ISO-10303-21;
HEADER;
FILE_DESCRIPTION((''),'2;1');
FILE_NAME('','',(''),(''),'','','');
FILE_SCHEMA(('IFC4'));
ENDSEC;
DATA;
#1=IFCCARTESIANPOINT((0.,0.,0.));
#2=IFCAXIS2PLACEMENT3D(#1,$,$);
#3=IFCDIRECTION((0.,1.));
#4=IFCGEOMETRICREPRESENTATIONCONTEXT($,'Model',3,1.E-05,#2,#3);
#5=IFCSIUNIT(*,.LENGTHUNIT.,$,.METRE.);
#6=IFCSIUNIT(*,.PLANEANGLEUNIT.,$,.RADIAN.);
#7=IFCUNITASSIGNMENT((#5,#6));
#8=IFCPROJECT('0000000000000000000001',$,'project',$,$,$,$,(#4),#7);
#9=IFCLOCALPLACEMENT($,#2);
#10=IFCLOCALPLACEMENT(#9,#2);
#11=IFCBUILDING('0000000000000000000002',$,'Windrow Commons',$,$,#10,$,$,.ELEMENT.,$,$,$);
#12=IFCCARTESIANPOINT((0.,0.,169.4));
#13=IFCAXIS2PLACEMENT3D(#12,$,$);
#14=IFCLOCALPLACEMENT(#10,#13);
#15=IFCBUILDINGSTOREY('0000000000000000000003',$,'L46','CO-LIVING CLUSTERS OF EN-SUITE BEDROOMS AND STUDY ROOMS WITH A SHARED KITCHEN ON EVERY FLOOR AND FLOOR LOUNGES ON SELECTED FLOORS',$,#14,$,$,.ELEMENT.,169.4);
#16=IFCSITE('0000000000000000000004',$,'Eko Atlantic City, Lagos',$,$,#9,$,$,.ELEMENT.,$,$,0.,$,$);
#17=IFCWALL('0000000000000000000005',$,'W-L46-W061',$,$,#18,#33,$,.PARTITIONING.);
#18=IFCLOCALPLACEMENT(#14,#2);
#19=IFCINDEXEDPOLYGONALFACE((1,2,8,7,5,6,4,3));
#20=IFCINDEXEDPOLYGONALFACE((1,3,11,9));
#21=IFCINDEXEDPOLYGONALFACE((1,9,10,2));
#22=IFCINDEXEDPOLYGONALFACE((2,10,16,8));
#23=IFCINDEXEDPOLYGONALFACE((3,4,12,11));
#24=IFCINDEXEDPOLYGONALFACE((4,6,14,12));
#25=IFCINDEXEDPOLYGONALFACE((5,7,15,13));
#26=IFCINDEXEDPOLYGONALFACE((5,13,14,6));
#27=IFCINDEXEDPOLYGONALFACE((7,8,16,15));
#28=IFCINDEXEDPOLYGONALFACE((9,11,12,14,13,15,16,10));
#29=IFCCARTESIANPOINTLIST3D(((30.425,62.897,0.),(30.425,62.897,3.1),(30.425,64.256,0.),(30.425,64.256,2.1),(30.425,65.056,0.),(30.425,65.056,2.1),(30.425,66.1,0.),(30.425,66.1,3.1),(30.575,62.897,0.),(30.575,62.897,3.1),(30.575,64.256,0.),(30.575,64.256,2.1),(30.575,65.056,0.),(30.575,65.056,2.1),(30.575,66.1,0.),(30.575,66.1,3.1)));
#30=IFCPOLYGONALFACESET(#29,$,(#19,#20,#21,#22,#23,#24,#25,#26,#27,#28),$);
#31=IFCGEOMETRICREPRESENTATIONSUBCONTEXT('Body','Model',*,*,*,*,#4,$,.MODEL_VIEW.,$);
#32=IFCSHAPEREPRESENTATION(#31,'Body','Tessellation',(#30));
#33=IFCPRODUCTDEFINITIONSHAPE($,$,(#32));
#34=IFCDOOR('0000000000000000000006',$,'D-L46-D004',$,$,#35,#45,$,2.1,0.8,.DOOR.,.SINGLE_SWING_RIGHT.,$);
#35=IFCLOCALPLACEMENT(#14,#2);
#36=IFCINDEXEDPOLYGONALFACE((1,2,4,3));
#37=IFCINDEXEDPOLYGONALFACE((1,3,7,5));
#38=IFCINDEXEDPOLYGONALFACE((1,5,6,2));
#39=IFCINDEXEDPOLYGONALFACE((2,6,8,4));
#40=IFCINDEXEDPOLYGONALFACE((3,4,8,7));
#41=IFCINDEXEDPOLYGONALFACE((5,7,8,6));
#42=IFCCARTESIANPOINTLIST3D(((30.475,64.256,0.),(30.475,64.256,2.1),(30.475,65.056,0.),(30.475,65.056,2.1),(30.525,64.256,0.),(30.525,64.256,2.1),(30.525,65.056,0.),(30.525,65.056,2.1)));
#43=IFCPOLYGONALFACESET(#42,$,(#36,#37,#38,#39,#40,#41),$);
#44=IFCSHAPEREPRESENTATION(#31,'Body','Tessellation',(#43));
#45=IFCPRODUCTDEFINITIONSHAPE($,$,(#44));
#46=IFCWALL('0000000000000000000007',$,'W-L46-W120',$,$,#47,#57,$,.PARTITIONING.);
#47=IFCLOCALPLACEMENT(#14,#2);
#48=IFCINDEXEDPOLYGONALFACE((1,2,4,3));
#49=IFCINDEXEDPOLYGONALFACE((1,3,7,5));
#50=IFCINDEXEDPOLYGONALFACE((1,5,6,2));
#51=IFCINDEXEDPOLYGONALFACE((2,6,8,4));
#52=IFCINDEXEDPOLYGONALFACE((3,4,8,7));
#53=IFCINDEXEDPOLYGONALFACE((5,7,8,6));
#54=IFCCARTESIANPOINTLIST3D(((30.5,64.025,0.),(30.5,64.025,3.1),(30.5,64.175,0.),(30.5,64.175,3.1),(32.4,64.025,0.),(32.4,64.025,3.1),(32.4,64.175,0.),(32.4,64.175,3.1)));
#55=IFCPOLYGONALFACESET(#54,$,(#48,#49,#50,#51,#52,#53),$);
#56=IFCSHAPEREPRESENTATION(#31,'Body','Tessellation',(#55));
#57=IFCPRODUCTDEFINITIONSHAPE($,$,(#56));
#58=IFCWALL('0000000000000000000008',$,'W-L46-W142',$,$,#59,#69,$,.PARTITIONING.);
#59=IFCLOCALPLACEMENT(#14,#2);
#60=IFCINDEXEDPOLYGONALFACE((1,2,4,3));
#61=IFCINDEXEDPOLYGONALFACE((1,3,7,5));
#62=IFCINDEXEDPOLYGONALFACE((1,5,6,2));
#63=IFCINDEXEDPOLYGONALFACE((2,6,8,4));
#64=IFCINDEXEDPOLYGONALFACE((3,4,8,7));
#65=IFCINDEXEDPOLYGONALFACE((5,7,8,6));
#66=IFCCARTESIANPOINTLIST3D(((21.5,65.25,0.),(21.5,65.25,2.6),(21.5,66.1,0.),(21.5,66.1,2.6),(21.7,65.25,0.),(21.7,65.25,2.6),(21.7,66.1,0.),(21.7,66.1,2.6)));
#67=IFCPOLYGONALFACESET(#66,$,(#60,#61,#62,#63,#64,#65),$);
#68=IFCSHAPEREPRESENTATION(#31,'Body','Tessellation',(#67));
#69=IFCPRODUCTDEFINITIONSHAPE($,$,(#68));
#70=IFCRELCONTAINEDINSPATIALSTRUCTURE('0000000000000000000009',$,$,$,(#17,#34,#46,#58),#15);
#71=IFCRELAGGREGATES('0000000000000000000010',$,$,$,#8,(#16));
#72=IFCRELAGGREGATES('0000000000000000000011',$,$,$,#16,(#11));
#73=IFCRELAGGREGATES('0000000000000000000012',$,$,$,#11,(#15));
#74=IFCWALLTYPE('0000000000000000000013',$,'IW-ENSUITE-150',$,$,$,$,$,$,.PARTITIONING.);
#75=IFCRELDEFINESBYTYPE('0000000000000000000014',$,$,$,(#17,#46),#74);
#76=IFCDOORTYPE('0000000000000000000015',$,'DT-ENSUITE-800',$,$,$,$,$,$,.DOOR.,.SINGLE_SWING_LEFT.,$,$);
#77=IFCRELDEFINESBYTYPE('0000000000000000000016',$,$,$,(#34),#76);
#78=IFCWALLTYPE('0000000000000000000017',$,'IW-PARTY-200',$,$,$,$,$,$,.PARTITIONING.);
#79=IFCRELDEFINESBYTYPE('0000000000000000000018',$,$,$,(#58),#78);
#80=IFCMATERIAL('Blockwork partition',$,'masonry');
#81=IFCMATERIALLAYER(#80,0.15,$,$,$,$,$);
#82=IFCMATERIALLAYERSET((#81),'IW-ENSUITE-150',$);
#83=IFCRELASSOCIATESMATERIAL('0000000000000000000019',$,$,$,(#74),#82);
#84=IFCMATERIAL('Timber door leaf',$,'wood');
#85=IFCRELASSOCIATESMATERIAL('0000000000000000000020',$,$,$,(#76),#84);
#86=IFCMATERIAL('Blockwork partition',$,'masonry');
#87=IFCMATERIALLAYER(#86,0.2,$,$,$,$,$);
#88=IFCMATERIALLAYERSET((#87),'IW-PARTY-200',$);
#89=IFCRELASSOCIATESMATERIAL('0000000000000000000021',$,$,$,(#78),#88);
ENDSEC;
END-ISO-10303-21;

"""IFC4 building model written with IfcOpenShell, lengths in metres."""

from ifc_helpers import new_model, si_unit, direction, frame, frame_2d, origin, place, context, subcontext, project, spatial, rectangle, extrude, material, layer, layer_set, type_object, element, fill, save


model = new_model("IFC4")

# Units and contexts
model_context = context("Model", 3, precision=1e-05, world=origin(), true_north=direction((0.0, 1.0)))
body_context = subcontext(model_context, "Body", "Model", "MODEL_VIEW")
ifc_project = project(units=[si_unit("LENGTHUNIT", "METRE"), si_unit("PLANEANGLEUNIT", "RADIAN")], contexts=[model_context])

# Site, building, storey
site_placement = place(None, origin())
site = spatial("IfcSite", under=ifc_project, at=site_placement, Name="Eko Atlantic City, Lagos", CompositionType="ELEMENT", RefElevation=0.0)
building_placement = place(site_placement, origin())
building = spatial("IfcBuilding", under=site, at=building_placement, Name="Windrow Commons", CompositionType="ELEMENT")
storey_placement = place(building_placement, frame((0.0, 0.0, 169.4)))
storey = spatial("IfcBuildingStorey", under=building, at=storey_placement, Name="L46", Description="CO-LIVING CLUSTERS OF EN-SUITE BEDROOMS AND STUDY ROOMS WITH A SHARED KITCHEN ON EVERY FLOOR AND FLOOR LOUNGES ON SELECTED FLOORS", CompositionType="ELEMENT", Elevation=169.4)

# Wall, opening, door
ifc_material_1 = material(Name="Blockwork partition", Category="masonry")
ifc_layer_1 = layer(ifc_material_1, 0.15)
ifc_layer_set_1 = layer_set([ifc_layer_1], Name="IW-ENSUITE-150")
wall_type_1 = type_object("IfcWallType", Name="IW-ENSUITE-150", PredefinedType="PARTITIONING", material=ifc_layer_set_1)
wall_1_placement = place(storey_placement, frame((30.5, 62.897, 0.0), z_axis=(0.0, 0.0, 1.0), x_axis=(0.0, 1.0, 0.0)))
wall_1 = element("IfcWall", 1, at=wall_1_placement, inside=storey, type_object=wall_type_1, Name="W-L46-W061", PredefinedType="PARTITIONING", context=body_context, shape_type="SweptSolid", body=[
    extrude(rectangle(XDim=3.203, YDim=0.15, at=frame_2d((1.6015, 0.0))), origin(), (0.0, 0.0, 1.0), 3.1),
])
opening_1_placement = place(wall_1_placement, frame((1.359, 0.0, 0.0)))
opening_1 = element("IfcOpeningElement", 2, at=opening_1_placement, cuts=wall_1, PredefinedType="OPENING", context=body_context, shape_type="SweptSolid", body=[
    extrude(rectangle(XDim=0.8, YDim=2.1, at=frame_2d((0.4, 1.05))), frame((0.0, 0.085, 0.0), z_axis=(0.0, -1.0, 0.0), x_axis=(1.0, 0.0, 0.0)), (0.0, 0.0, 1.0), 0.17),
])
ifc_material_2 = material(Name="Timber door leaf", Category="wood")
door_type_1 = type_object("IfcDoorType", Name="DT-ENSUITE-800", OperationType="SINGLE_SWING_LEFT", PredefinedType="DOOR", material=ifc_material_2)
door_1_placement = place(opening_1_placement, origin())
door_1 = element("IfcDoor", 3, at=door_1_placement, inside=storey, type_object=door_type_1, Name="D-L46-D004", OperationType="SINGLE_SWING_RIGHT", OverallHeight=2.1, OverallWidth=0.8, PredefinedType="DOOR", context=body_context, shape_type="SweptSolid", body=[
    extrude(rectangle(XDim=0.8, YDim=2.1, at=frame_2d((0.4, 1.05))), frame((0.0, 0.025, 0.0), z_axis=(0.0, -1.0, 0.0), x_axis=(1.0, 0.0, 0.0)), (0.0, 0.0, 1.0), 0.05),
])
fill(opening_1, door_1)

# Walls
wall_2_placement = place(storey_placement, frame((30.5, 64.1, 0.0), z_axis=(0.0, 0.0, 1.0), x_axis=(1.0, 0.0, 0.0)))
element("IfcWall", 4, at=wall_2_placement, inside=storey, type_object=wall_type_1, Name="W-L46-W120", PredefinedType="PARTITIONING", context=body_context, shape_type="SweptSolid", body=[
    extrude(rectangle(XDim=1.9, YDim=0.15, at=frame_2d((0.95, 0.0))), origin(), (0.0, 0.0, 1.0), 3.1),
])
ifc_material_3 = material(Name="Blockwork partition", Category="masonry")
ifc_layer_2 = layer(ifc_material_3, 0.2)
ifc_layer_set_2 = layer_set([ifc_layer_2], Name="IW-PARTY-200")
wall_type_2 = type_object("IfcWallType", Name="IW-PARTY-200", PredefinedType="PARTITIONING", material=ifc_layer_set_2)
wall_3_placement = place(storey_placement, frame((21.6, 65.25, 0.0), z_axis=(0.0, 0.0, 1.0), x_axis=(0.0, 1.0, 0.0)))
element("IfcWall", 5, at=wall_3_placement, inside=storey, type_object=wall_type_2, Name="W-L46-W142", PredefinedType="PARTITIONING", context=body_context, shape_type="SweptSolid", body=[
    extrude(rectangle(XDim=0.85, YDim=0.2, at=frame_2d((0.425, 0.0))), origin(), (0.0, 0.0, 1.0), 2.6),
])

save(model, "model.ifc")
